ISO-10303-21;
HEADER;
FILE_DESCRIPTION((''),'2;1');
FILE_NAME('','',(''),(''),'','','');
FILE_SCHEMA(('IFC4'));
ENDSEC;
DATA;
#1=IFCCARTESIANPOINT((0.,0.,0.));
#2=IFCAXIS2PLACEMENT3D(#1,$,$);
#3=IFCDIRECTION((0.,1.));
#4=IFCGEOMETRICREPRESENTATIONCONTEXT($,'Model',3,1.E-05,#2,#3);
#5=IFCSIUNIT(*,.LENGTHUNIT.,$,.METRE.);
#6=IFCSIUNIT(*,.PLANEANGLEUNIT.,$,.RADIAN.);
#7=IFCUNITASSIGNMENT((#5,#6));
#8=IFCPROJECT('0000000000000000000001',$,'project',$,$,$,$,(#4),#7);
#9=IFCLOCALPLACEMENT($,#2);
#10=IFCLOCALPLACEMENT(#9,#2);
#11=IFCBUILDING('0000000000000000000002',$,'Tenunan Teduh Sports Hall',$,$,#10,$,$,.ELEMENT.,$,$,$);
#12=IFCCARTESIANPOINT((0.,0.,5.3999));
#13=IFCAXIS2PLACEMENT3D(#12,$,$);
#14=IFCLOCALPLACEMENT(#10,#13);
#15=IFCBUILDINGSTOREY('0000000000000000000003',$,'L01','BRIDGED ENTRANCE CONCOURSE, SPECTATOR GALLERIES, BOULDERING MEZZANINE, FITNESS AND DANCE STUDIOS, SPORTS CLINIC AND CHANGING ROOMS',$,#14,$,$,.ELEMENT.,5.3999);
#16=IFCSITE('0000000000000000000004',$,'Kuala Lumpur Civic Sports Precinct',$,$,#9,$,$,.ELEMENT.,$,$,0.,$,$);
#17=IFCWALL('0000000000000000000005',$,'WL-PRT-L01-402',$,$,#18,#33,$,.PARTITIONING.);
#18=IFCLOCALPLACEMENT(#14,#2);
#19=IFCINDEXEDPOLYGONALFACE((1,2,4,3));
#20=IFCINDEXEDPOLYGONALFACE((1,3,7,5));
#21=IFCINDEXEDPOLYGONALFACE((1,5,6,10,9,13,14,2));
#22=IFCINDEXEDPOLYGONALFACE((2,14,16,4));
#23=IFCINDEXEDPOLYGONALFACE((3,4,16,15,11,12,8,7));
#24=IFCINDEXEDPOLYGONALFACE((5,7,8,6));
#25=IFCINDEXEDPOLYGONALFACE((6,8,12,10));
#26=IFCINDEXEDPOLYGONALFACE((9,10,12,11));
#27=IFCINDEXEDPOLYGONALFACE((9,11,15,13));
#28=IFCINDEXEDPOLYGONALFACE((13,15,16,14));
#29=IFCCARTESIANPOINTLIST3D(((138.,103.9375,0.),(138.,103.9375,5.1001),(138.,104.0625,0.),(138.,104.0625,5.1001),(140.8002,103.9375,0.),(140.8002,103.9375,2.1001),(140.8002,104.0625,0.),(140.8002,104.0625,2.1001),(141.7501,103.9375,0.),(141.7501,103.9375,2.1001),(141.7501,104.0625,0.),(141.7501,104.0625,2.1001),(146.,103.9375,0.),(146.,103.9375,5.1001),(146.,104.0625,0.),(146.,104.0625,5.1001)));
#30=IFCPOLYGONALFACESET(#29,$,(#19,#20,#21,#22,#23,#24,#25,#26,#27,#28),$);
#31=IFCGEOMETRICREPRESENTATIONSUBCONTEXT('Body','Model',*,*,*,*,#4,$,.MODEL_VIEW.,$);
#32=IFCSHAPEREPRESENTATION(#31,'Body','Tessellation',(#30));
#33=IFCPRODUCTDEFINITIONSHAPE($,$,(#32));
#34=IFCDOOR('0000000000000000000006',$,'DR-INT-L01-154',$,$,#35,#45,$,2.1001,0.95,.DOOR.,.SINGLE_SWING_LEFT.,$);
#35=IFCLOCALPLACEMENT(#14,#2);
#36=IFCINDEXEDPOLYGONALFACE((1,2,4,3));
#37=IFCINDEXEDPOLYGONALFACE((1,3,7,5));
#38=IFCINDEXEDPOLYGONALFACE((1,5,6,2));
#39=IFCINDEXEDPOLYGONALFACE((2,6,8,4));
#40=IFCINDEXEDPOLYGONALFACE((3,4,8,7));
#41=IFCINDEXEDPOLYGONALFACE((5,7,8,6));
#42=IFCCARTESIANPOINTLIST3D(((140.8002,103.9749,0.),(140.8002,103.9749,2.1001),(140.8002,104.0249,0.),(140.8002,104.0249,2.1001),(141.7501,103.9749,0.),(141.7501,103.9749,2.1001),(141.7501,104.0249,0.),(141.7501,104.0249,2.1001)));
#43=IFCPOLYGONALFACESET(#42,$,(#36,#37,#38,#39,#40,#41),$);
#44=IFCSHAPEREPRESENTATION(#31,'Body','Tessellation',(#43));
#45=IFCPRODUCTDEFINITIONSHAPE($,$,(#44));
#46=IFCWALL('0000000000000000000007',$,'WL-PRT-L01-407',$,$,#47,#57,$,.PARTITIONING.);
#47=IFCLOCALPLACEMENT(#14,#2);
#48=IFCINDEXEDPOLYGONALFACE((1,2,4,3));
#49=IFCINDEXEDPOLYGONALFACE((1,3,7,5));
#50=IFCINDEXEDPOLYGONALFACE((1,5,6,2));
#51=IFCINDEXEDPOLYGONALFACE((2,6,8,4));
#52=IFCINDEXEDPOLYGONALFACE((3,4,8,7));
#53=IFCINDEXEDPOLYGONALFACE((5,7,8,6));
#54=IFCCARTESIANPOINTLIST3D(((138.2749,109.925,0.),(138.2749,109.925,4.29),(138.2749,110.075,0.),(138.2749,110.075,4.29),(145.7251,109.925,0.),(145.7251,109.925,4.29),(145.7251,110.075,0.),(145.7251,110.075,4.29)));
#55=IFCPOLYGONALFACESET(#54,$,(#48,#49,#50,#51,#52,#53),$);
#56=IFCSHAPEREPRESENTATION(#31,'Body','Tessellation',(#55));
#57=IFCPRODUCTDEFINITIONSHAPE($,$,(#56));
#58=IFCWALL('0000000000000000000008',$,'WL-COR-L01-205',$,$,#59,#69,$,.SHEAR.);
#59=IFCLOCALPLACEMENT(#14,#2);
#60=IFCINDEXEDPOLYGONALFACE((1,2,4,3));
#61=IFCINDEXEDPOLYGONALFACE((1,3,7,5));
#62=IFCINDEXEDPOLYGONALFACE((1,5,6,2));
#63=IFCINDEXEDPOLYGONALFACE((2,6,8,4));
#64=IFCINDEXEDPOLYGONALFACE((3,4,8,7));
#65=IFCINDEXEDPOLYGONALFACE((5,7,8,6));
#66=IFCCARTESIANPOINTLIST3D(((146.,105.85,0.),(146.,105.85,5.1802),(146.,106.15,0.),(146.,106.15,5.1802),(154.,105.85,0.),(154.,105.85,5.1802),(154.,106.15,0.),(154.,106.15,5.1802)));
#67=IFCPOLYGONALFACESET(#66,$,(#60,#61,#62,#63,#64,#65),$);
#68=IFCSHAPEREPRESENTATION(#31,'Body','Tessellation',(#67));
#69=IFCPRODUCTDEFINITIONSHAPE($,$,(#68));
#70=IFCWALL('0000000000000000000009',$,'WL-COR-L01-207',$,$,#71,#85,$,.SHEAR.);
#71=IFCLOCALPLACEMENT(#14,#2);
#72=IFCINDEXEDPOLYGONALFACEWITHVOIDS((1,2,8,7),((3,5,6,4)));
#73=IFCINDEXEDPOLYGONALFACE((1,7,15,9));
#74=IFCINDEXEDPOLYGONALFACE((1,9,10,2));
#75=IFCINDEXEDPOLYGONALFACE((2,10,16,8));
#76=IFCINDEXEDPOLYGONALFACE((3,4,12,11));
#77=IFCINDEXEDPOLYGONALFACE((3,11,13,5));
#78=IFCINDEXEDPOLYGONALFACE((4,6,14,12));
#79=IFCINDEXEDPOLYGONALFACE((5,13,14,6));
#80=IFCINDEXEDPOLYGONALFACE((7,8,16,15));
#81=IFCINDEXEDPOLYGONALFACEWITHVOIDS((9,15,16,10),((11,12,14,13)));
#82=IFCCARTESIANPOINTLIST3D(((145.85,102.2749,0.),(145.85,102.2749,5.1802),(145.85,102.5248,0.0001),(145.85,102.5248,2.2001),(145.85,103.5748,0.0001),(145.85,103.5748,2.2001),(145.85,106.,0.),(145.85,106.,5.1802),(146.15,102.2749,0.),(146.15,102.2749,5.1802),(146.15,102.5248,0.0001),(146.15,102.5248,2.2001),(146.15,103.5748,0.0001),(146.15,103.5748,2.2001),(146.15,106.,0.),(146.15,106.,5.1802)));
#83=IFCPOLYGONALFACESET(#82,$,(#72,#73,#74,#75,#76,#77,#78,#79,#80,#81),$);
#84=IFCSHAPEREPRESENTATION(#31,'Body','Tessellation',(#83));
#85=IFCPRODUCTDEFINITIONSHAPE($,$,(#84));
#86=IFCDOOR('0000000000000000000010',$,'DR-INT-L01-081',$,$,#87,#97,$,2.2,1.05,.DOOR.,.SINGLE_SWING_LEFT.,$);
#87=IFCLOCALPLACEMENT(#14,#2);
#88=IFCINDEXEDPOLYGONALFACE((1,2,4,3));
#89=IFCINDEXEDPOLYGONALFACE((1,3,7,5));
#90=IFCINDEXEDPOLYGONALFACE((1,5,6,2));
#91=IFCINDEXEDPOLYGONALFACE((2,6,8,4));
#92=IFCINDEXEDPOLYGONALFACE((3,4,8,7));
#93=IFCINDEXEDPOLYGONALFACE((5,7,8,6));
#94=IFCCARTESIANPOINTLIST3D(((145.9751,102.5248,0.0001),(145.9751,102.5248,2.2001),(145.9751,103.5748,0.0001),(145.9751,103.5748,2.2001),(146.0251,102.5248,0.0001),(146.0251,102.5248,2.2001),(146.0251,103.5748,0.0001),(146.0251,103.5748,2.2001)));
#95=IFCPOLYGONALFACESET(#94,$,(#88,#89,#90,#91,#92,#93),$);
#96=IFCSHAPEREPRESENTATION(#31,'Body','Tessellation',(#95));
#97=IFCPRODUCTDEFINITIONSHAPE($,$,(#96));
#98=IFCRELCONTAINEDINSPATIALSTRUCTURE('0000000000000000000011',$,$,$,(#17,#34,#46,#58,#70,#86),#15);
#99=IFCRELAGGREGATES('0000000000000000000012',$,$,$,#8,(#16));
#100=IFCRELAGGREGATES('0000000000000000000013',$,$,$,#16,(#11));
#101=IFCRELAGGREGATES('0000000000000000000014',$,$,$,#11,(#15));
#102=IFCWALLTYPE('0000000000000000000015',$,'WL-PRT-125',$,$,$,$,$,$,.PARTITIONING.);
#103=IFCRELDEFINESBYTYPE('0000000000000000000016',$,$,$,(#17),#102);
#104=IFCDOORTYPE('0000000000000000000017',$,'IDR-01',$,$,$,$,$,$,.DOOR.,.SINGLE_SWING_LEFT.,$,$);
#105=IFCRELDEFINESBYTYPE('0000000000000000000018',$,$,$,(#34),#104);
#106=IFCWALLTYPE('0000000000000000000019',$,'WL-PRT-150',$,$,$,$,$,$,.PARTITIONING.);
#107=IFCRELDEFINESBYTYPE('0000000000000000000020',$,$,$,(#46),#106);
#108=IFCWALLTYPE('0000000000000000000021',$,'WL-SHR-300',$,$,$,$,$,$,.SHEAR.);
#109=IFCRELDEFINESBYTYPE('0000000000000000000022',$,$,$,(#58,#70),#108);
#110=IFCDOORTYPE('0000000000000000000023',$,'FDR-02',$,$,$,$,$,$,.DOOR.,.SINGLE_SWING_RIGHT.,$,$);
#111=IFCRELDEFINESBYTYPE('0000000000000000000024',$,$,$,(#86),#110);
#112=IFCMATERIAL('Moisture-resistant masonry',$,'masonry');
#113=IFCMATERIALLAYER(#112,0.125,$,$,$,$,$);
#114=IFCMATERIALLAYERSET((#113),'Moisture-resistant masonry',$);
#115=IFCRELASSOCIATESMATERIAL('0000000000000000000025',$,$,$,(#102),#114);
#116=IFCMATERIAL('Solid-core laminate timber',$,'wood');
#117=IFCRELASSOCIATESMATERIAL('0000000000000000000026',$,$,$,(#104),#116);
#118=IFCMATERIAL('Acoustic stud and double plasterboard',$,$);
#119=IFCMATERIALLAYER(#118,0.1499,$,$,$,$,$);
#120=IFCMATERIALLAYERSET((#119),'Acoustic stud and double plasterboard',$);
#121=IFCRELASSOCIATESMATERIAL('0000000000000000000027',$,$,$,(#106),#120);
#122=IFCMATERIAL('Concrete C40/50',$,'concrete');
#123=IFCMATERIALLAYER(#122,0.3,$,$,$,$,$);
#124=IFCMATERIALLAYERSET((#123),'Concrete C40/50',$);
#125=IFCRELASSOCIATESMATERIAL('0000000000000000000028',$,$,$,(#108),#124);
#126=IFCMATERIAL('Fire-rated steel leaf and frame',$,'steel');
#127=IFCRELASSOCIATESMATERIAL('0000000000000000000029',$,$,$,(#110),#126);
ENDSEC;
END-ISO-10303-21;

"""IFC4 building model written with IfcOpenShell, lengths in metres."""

from ifc_helpers import new_model, si_unit, direction, frame, frame_2d, origin, place, context, subcontext, project, spatial, rectangle, extrude, material, layer, layer_set, type_object, element, fill, save


model = new_model("IFC4")

# Units and contexts
model_context = context("Model", 3, precision=1e-05, world=origin(), true_north=direction((0.0, 1.0)))
body_context = subcontext(model_context, "Body", "Model", "MODEL_VIEW")
ifc_project = project(units=[si_unit("LENGTHUNIT", "METRE"), si_unit("PLANEANGLEUNIT", "RADIAN")], contexts=[model_context])

# Site, building, storey
site_placement = place(None, origin())
site = spatial("IfcSite", under=ifc_project, at=site_placement, Name="Kuala Lumpur Civic Sports Precinct", CompositionType="ELEMENT", RefElevation=0.0)
building_placement = place(site_placement, origin())
building = spatial("IfcBuilding", under=site, at=building_placement, Name="Tenunan Teduh Sports Hall", CompositionType="ELEMENT")
storey_placement = place(building_placement, frame((0.0, 0.0, 5.3999)))
storey = spatial("IfcBuildingStorey", under=building, at=storey_placement, Name="L01", Description="BRIDGED ENTRANCE CONCOURSE, SPECTATOR GALLERIES, BOULDERING MEZZANINE, FITNESS AND DANCE STUDIOS, SPORTS CLINIC AND CHANGING ROOMS", CompositionType="ELEMENT", Elevation=5.3999)

# Wall, opening, door
ifc_material_1 = material(Name="Moisture-resistant masonry", Category="masonry")
ifc_layer_1 = layer(ifc_material_1, 0.125)
ifc_layer_set_1 = layer_set([ifc_layer_1], Name="Moisture-resistant masonry")
wall_type_1 = type_object("IfcWallType", Name="WL-PRT-125", PredefinedType="PARTITIONING", material=ifc_layer_set_1)
wall_1_placement = place(storey_placement, frame((138.0, 104.0, 0.0), z_axis=(0.0, 0.0, 1.0), x_axis=(1.0, 0.0, 0.0)))
wall_1 = element("IfcWall", 1, at=wall_1_placement, inside=storey, type_object=wall_type_1, Name="WL-PRT-L01-402", PredefinedType="PARTITIONING", context=body_context, shape_type="SweptSolid", body=[
    extrude(rectangle(XDim=8.0, YDim=0.125, at=frame_2d((4.0, 0.0))), origin(), (0.0, 0.0, 1.0), 5.1001),
])
opening_1_placement = place(wall_1_placement, frame((2.8, 0.0, 0.0)))
opening_1 = element("IfcOpeningElement", 2, at=opening_1_placement, cuts=wall_1, PredefinedType="OPENING", context=body_context, shape_type="SweptSolid", body=[
    extrude(rectangle(XDim=0.95, YDim=2.1001, at=frame_2d((0.4751, 1.05))), frame((0.0, 0.0725, 0.0), z_axis=(0.0, -1.0, 0.0), x_axis=(1.0, 0.0, 0.0)), (0.0, 0.0, 1.0), 0.145),
])
ifc_material_2 = material(Name="Solid-core laminate timber", Category="wood")
door_type_1 = type_object("IfcDoorType", Name="IDR-01", OperationType="SINGLE_SWING_LEFT", PredefinedType="DOOR", material=ifc_material_2)
door_1_placement = place(opening_1_placement, origin())
door_1 = element("IfcDoor", 3, at=door_1_placement, inside=storey, type_object=door_type_1, Name="DR-INT-L01-154", OperationType="SINGLE_SWING_LEFT", OverallHeight=2.1001, OverallWidth=0.95, PredefinedType="DOOR", context=body_context, shape_type="SweptSolid", body=[
    extrude(rectangle(XDim=0.95, YDim=2.1001, at=frame_2d((0.4751, 1.05))), frame((0.0, 0.0249, 0.0), z_axis=(0.0, -1.0, 0.0), x_axis=(1.0, 0.0, 0.0)), (0.0, 0.0, 1.0), 0.05),
])
fill(opening_1, door_1)

# Walls
ifc_material_3 = material(Name="Acoustic stud and double plasterboard")
ifc_layer_2 = layer(ifc_material_3, 0.1499)
ifc_layer_set_2 = layer_set([ifc_layer_2], Name="Acoustic stud and double plasterboard")
wall_type_2 = type_object("IfcWallType", Name="WL-PRT-150", PredefinedType="PARTITIONING", material=ifc_layer_set_2)
wall_2_placement = place(storey_placement, frame((138.2749, 110.0, 0.0), z_axis=(0.0, 0.0, 1.0), x_axis=(1.0, 0.0, 0.0)))
element("IfcWall", 4, at=wall_2_placement, inside=storey, type_object=wall_type_2, Name="WL-PRT-L01-407", PredefinedType="PARTITIONING", context=body_context, shape_type="SweptSolid", body=[
    extrude(rectangle(XDim=7.4502, YDim=0.1499, at=frame_2d((3.7251, 0.0))), origin(), (0.0, 0.0, 1.0), 4.29),
])
ifc_material_4 = material(Name="Concrete C40/50", Category="concrete")
ifc_layer_3 = layer(ifc_material_4, 0.3)
ifc_layer_set_3 = layer_set([ifc_layer_3], Name="Concrete C40/50")
wall_type_3 = type_object("IfcWallType", Name="WL-SHR-300", PredefinedType="SHEAR", material=ifc_layer_set_3)
wall_3_placement = place(storey_placement, frame((146.0, 106.0, 0.0), z_axis=(0.0, 0.0, 1.0), x_axis=(1.0, 0.0, 0.0)))
element("IfcWall", 5, at=wall_3_placement, inside=storey, type_object=wall_type_3, Name="WL-COR-L01-205", PredefinedType="SHEAR", context=body_context, shape_type="SweptSolid", body=[
    extrude(rectangle(XDim=8.0, YDim=0.3, at=frame_2d((4.0, 0.0))), origin(), (0.0, 0.0, 1.0), 5.1802),
])

# Wall, opening, door
wall_4_placement = place(storey_placement, frame((146.0, 102.2749, 0.0), z_axis=(0.0, 0.0, 1.0), x_axis=(0.0, 1.0, 0.0)))
wall_4 = element("IfcWall", 6, at=wall_4_placement, inside=storey, type_object=wall_type_3, Name="WL-COR-L01-207", PredefinedType="SHEAR", context=body_context, shape_type="SweptSolid", body=[
    extrude(rectangle(XDim=3.7251, YDim=0.3, at=frame_2d((1.8625, 0.0))), origin(), (0.0, 0.0, 1.0), 5.1802),
])
opening_2_placement = place(wall_4_placement, frame((0.25, 0.0, 0.0)))
opening_2 = element("IfcOpeningElement", 7, at=opening_2_placement, cuts=wall_4, PredefinedType="OPENING", context=body_context, shape_type="SweptSolid", body=[
    extrude(rectangle(XDim=1.05, YDim=2.2, at=frame_2d((0.5249, 1.1001))), frame((0.0, 0.1599, 0.0), z_axis=(0.0, -1.0, 0.0), x_axis=(1.0, 0.0, 0.0)), (0.0, 0.0, 1.0), 0.3201),
])
ifc_material_5 = material(Name="Fire-rated steel leaf and frame", Category="steel")
door_type_2 = type_object("IfcDoorType", Name="FDR-02", OperationType="SINGLE_SWING_RIGHT", PredefinedType="DOOR", material=ifc_material_5)
door_2_placement = place(opening_2_placement, origin())
door_2 = element("IfcDoor", 8, at=door_2_placement, inside=storey, type_object=door_type_2, Name="DR-INT-L01-081", OperationType="SINGLE_SWING_LEFT", OverallHeight=2.2, OverallWidth=1.05, PredefinedType="DOOR", context=body_context, shape_type="SweptSolid", body=[
    extrude(rectangle(XDim=1.05, YDim=2.2, at=frame_2d((0.5249, 1.1001))), frame((0.0, 0.0249, 0.0), z_axis=(0.0, -1.0, 0.0), x_axis=(1.0, 0.0, 0.0)), (0.0, 0.0, 1.0), 0.05),
])
fill(opening_2, door_2)

save(model, "model.ifc")
